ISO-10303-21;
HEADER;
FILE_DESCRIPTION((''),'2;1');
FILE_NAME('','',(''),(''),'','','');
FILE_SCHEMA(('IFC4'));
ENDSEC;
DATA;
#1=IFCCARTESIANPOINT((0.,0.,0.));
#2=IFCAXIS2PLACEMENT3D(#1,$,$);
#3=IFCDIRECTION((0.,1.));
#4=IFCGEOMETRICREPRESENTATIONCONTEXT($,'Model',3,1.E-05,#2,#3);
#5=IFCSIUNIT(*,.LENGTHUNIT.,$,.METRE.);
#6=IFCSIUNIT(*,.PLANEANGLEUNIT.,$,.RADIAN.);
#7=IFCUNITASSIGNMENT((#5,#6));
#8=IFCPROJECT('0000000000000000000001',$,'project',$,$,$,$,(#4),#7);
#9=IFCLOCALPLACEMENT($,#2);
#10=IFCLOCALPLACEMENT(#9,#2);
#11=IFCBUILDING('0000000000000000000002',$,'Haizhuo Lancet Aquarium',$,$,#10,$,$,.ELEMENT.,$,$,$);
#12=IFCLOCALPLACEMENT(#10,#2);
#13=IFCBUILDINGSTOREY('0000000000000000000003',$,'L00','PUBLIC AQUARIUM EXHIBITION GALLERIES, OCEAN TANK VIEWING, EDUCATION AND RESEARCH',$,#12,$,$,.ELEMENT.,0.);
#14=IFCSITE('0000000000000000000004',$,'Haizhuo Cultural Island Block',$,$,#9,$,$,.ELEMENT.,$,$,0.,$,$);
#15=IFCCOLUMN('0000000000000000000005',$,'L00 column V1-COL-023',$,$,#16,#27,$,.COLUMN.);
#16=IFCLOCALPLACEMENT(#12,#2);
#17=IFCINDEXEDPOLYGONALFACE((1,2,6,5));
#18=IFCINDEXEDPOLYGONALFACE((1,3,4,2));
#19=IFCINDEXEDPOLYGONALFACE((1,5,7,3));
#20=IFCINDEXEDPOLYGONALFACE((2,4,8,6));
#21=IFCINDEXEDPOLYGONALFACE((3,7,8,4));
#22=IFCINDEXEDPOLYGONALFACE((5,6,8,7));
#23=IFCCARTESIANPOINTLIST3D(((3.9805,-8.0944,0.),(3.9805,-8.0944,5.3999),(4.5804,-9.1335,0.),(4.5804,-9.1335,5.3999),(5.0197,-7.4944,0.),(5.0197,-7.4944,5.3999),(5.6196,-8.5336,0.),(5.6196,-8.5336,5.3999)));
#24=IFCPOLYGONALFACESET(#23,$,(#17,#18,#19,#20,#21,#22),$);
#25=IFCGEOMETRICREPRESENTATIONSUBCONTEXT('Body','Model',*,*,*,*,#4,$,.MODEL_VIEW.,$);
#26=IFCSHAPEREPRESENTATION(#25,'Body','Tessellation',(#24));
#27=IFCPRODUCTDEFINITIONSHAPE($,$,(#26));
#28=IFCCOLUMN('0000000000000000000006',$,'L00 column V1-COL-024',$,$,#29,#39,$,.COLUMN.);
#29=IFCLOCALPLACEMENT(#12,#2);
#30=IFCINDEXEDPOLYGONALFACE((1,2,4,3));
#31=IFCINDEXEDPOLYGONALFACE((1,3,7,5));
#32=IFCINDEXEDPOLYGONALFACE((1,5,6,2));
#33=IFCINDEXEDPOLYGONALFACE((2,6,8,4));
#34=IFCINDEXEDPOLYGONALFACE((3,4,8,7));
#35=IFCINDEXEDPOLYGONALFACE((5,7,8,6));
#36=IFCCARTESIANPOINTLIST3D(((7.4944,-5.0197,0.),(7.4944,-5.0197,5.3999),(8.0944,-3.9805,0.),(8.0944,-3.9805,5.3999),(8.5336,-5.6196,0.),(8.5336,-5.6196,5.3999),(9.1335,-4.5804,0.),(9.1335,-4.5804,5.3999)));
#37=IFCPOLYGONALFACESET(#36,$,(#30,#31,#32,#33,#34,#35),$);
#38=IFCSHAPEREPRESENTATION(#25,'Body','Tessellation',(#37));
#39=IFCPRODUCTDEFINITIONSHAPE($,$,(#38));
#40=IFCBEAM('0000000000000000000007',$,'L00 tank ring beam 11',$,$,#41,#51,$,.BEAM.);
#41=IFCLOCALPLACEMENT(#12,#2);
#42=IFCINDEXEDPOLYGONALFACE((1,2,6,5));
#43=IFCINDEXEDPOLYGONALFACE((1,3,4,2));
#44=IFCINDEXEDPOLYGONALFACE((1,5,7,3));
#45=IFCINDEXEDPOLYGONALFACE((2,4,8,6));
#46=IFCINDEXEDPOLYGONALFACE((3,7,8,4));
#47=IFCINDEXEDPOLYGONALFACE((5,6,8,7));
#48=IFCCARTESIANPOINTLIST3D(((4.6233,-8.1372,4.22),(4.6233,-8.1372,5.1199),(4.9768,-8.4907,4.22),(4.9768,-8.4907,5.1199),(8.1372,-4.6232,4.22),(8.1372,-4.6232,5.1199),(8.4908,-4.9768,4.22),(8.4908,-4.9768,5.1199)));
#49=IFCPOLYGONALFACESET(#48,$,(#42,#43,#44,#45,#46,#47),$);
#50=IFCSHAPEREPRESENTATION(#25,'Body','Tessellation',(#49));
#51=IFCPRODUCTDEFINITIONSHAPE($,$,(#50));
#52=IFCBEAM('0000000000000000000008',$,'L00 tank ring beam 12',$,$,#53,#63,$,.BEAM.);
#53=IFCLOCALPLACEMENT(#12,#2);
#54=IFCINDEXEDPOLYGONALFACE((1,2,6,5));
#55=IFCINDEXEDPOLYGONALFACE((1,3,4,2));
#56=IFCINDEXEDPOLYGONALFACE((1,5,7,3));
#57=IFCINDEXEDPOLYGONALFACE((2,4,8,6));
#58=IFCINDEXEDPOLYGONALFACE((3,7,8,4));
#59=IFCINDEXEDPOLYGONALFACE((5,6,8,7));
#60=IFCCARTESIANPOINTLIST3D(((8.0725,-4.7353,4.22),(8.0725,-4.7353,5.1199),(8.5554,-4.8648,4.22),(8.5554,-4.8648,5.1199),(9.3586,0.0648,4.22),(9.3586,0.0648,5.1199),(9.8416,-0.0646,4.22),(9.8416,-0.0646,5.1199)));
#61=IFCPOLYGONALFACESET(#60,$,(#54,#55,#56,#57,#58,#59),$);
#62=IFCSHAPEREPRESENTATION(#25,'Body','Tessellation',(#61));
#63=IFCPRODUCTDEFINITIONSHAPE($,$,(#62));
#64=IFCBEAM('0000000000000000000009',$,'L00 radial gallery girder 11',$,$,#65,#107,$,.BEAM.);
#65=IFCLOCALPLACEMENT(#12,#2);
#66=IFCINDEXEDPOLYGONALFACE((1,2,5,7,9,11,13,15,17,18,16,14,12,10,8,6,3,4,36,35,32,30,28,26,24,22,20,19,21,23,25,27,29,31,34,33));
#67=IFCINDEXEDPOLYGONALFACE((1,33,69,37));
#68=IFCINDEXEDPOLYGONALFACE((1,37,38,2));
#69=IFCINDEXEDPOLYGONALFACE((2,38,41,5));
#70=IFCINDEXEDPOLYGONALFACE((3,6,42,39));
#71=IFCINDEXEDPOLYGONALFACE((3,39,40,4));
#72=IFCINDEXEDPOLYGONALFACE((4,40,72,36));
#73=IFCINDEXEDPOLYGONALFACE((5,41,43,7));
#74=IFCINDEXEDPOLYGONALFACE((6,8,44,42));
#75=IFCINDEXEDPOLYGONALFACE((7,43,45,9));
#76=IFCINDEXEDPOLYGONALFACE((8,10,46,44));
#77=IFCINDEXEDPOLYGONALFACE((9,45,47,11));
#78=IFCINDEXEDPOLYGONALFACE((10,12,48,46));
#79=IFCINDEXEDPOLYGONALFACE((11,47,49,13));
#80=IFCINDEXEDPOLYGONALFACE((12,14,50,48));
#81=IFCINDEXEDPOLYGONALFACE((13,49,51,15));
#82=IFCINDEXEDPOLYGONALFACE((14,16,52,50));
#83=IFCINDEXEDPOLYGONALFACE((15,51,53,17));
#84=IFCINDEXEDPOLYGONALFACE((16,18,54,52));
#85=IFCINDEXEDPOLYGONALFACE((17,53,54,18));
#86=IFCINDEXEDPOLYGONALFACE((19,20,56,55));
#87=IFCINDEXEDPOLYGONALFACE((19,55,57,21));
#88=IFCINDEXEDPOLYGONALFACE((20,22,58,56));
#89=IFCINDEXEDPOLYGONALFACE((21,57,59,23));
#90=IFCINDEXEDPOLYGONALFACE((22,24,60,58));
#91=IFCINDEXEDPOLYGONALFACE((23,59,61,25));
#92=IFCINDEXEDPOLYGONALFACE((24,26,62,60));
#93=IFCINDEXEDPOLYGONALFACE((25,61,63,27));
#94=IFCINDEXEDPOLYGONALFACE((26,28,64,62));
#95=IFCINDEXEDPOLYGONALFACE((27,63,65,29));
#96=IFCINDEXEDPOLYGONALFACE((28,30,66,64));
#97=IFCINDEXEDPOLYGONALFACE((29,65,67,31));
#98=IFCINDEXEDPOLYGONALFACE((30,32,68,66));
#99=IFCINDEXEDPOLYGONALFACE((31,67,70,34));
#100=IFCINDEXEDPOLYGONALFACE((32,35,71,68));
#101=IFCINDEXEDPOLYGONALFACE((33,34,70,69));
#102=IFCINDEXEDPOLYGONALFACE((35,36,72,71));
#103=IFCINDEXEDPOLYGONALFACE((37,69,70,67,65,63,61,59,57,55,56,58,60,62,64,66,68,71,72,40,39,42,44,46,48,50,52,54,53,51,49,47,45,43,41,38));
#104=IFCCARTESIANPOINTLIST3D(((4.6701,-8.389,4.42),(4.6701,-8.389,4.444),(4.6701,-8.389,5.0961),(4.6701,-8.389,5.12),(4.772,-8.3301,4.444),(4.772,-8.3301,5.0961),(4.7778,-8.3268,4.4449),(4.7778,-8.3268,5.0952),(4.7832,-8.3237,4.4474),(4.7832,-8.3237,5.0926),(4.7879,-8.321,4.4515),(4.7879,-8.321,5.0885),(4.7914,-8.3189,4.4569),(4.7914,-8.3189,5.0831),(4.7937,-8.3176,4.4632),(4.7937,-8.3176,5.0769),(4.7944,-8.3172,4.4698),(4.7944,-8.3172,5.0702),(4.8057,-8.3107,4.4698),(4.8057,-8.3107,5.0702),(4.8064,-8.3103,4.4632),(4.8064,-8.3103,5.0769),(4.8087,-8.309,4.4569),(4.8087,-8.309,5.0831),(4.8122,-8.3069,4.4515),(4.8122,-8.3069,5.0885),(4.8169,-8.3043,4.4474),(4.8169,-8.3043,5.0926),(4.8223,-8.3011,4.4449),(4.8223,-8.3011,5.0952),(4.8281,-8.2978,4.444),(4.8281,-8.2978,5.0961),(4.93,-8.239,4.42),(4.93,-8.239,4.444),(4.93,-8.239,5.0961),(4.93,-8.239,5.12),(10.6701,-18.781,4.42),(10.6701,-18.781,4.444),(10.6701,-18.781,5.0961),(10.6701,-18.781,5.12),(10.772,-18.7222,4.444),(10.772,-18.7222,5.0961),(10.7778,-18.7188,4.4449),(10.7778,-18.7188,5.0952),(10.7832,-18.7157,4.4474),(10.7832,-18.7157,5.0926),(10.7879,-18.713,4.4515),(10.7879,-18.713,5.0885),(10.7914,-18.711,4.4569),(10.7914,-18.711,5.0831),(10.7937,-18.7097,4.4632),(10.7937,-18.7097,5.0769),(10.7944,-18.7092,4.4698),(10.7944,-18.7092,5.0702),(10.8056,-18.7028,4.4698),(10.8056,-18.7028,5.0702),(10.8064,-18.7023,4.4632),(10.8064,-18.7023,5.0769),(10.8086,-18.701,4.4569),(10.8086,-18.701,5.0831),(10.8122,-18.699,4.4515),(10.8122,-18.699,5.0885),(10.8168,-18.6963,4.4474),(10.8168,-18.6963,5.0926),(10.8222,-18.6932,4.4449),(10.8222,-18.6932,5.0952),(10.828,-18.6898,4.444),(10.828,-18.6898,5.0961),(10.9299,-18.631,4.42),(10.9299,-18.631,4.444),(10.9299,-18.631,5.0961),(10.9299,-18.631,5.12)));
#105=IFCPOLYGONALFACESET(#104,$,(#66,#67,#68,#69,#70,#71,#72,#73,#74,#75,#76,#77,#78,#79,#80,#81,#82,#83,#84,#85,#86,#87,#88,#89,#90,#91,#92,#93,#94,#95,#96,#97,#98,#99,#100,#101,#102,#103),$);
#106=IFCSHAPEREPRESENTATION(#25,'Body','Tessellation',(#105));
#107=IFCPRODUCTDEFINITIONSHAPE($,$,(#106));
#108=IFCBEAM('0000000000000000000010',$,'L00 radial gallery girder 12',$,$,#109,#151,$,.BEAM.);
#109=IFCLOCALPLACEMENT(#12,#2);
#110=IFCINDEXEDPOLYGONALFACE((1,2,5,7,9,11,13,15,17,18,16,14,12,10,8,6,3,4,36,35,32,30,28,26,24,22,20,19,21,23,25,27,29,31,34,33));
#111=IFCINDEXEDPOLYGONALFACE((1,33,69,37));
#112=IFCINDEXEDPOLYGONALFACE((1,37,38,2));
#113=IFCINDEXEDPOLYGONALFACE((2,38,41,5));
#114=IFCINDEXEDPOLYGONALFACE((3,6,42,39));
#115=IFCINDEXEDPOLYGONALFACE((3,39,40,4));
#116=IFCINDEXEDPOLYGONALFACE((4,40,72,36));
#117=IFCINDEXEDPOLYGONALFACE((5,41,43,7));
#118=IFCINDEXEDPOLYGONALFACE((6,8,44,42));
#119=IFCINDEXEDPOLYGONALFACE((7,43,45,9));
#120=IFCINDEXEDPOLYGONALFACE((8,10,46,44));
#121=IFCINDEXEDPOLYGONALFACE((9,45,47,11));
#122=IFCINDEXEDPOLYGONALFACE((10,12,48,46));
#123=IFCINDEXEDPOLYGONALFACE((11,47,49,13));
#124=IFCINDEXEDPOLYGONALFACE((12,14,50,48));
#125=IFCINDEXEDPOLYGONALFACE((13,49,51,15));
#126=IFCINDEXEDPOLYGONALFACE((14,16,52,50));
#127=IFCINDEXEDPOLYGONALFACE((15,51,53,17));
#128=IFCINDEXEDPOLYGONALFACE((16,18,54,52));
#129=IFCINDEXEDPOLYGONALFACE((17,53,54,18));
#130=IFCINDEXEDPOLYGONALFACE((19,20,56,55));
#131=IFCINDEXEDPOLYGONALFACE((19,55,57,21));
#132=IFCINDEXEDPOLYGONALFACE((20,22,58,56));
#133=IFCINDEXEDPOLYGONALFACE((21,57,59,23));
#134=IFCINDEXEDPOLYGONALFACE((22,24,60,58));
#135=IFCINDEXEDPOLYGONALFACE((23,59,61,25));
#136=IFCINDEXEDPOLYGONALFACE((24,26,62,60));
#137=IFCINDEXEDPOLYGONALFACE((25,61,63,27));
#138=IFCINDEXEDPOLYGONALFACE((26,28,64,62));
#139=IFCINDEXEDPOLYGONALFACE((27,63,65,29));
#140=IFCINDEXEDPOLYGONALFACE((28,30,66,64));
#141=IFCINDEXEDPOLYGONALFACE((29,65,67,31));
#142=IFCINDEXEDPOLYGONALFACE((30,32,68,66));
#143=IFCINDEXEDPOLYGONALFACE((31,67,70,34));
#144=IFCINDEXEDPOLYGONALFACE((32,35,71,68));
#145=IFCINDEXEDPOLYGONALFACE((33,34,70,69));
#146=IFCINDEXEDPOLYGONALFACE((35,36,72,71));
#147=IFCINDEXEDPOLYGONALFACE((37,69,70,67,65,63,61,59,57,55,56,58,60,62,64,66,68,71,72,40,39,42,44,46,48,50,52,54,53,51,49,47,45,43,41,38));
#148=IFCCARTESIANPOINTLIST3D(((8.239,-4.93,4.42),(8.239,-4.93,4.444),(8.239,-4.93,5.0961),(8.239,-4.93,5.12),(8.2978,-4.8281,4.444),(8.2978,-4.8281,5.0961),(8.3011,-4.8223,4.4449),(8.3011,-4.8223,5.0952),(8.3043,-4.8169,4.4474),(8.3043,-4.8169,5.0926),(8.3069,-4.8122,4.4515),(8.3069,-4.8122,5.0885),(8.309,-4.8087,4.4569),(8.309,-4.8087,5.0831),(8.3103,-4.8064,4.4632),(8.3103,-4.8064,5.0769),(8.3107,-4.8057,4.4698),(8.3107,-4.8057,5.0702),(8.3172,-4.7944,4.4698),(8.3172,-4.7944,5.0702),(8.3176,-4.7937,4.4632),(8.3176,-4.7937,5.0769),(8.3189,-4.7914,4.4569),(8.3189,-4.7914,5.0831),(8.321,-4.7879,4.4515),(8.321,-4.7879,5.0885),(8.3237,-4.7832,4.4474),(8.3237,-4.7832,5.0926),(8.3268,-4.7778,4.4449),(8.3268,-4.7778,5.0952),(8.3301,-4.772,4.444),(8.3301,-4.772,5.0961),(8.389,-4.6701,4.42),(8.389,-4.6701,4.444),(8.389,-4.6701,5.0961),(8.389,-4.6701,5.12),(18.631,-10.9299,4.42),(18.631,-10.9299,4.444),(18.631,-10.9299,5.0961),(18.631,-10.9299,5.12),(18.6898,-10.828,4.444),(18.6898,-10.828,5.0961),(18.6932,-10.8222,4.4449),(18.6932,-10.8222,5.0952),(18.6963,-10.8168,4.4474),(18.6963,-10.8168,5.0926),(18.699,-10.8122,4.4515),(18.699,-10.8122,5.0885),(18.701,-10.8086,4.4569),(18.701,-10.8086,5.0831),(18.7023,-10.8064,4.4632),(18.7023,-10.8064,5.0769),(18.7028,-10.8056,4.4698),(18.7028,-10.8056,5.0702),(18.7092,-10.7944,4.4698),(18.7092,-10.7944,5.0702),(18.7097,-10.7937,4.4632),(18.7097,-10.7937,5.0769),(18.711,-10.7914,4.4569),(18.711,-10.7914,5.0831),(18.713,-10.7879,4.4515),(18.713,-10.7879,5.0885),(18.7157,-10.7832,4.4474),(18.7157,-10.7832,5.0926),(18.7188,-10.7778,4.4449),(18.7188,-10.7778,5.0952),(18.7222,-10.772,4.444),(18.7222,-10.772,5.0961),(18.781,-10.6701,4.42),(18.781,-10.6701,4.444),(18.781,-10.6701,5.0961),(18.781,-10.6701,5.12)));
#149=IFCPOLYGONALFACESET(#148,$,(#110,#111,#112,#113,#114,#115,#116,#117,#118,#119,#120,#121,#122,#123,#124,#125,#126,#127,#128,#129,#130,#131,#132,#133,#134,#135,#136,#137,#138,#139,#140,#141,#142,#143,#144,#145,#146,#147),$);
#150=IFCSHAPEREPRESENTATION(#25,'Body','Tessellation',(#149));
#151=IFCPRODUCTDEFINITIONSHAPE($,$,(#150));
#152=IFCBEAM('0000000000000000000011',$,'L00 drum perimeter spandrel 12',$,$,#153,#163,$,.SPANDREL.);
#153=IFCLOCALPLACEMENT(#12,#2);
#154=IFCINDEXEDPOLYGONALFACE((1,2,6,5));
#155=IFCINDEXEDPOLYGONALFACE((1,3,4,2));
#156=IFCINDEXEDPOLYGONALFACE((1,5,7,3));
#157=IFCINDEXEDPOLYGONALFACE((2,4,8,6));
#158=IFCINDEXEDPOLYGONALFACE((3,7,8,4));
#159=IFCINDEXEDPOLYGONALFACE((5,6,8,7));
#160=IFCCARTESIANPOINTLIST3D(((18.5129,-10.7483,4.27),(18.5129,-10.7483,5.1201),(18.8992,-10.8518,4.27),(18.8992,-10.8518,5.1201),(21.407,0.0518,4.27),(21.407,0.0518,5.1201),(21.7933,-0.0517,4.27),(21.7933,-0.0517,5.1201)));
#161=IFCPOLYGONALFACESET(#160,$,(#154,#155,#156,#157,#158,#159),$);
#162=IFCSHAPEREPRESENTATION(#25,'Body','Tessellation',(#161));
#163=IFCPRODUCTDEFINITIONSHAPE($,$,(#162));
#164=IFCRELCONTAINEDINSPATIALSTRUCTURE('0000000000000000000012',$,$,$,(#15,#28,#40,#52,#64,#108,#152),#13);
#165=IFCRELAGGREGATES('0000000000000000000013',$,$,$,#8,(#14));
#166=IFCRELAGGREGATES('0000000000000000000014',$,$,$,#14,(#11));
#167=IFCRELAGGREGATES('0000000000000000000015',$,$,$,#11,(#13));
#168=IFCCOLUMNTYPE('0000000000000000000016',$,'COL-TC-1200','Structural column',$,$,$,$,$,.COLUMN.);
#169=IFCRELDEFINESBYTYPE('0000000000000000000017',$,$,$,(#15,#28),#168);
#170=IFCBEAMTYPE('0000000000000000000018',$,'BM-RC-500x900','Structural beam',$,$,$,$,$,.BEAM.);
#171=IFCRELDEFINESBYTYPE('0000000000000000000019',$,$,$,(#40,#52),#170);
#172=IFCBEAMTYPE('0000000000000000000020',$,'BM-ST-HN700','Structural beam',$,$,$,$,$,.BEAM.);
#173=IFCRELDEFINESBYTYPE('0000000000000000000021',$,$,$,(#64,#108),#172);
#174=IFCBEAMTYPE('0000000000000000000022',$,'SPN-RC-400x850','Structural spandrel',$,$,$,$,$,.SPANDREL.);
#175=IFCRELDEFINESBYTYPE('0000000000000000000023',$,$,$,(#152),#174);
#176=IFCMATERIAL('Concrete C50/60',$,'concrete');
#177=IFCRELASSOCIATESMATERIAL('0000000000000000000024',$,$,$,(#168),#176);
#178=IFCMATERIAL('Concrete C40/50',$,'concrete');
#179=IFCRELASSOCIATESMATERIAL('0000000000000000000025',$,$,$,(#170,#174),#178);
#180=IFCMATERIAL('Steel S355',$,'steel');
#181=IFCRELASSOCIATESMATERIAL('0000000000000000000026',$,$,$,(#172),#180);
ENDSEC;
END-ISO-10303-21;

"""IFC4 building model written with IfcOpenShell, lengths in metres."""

from ifc_helpers import new_model, si_unit, direction, frame, origin, origin_2d, place, context, subcontext, project, spatial, rectangle, i_section, extrude, material, material_profile, profile_set, type_object, element, save


model = new_model("IFC4")

# Units and contexts
model_context = context("Model", 3, precision=1e-05, world=origin(), true_north=direction((0.0, 1.0)))
body_context = subcontext(model_context, "Body", "Model", "MODEL_VIEW")
ifc_project = project(units=[si_unit("LENGTHUNIT", "METRE"), si_unit("PLANEANGLEUNIT", "RADIAN")], contexts=[model_context])

# Site, building, storey
site_placement = place(None, origin())
site = spatial("IfcSite", under=ifc_project, at=site_placement, Name="Haizhuo Cultural Island Block", CompositionType="ELEMENT", RefElevation=0.0)
building_placement = place(site_placement, origin())
building = spatial("IfcBuilding", under=site, at=building_placement, Name="Haizhuo Lancet Aquarium", CompositionType="ELEMENT")
storey_placement = place(building_placement, origin())
storey = spatial("IfcBuildingStorey", under=building, at=storey_placement, Name="L00", Description="PUBLIC AQUARIUM EXHIBITION GALLERIES, OCEAN TANK VIEWING, EDUCATION AND RESEARCH", CompositionType="ELEMENT", Elevation=0.0)

# Columns
ifc_material_1 = material(Name="Concrete C50/60", Category="concrete")
ifc_material_profile_1 = material_profile(ifc_material_1, rectangle(XDim=1.2, YDim=1.2, at=origin_2d()), Name="RC-COL 1200x1200")
ifc_profile_set_1 = profile_set([ifc_material_profile_1], Name="Concrete C50/60")
column_type_1 = type_object("IfcColumnType", Name="COL-TC-1200", Description="Structural column", PredefinedType="COLUMN", material=ifc_profile_set_1)
for number, where, z_axis, x_axis, name in (
    (1, (4.8, -8.314, 0.0), (0.0, 0.0, 1.0), (0.5, -0.866025, 0.0), "L00 column V1-COL-023"),
    (2, (8.314, -4.8, 0.0), (0.0, 0.0, 1.0), (0.866025, -0.5, 0.0), "L00 column V1-COL-024"),
):
    element("IfcColumn", number, at=place(storey_placement, frame(where, z_axis=z_axis, x_axis=x_axis)), inside=storey, type_object=column_type_1, Name=name, PredefinedType="COLUMN", context=body_context, shape_type="SweptSolid", body=[
        extrude(rectangle(XDim=1.2, YDim=1.2, at=origin_2d()), origin(), (0.0, 0.0, 1.0), 5.3999),
    ])

# Beams
ifc_material_2 = material(Name="Concrete C40/50", Category="concrete")
ifc_material_profile_2 = material_profile(ifc_material_2, rectangle(XDim=0.5, YDim=0.8999, at=origin_2d()), Name="RC-BM 500x900")
ifc_profile_set_2 = profile_set([ifc_material_profile_2], Name="Concrete C40/50")
beam_type_1 = type_object("IfcBeamType", Name="BM-RC-500x900", Description="Structural beam", PredefinedType="BEAM", material=ifc_profile_set_2)
for number, where, z_axis, x_axis, name in (
    (3, (4.8, -8.314, 4.6699), (0.707107, 0.707107, 0.0), (-0.707107, 0.707107, 0.0), "L00 tank ring beam 11"),
    (4, (8.314, -4.8, 4.6699), (0.258812, 0.965928, 0.0), (-0.965928, 0.258812, 0.0), "L00 tank ring beam 12"),
):
    element("IfcBeam", number, at=place(storey_placement, frame(where, z_axis=z_axis, x_axis=x_axis)), inside=storey, type_object=beam_type_1, Name=name, PredefinedType="BEAM", context=body_context, shape_type="SweptSolid", body=[
        extrude(rectangle(XDim=0.5, YDim=0.8999, at=origin_2d()), origin(), (0.0, 0.0, 1.0), 4.9695),
    ])
ifc_material_3 = material(Name="Steel S355", Category="steel")
ifc_material_profile_3 = material_profile(ifc_material_3, i_section(OverallWidth=0.3, OverallDepth=0.7, WebThickness=0.0129, FlangeThickness=0.0239, FilletRadius=0.0259, at=origin_2d()), Name="HN 700x300x13x24")
ifc_profile_set_3 = profile_set([ifc_material_profile_3], Name="Steel S355")
beam_type_2 = type_object("IfcBeamType", Name="BM-ST-HN700", Description="Structural beam", PredefinedType="BEAM", material=ifc_profile_set_3)
for number, where, z_axis, x_axis, name in (
    (5, (4.8, -8.314, 4.77), (0.500008, -0.866021, 0.0), (0.866021, 0.500008, 0.0), "L00 radial gallery girder 11"),
    (6, (8.314, -4.8, 4.77), (0.866021, -0.500008, 0.0), (0.500008, 0.866021, 0.0), "L00 radial gallery girder 12"),
):
    element("IfcBeam", number, at=place(storey_placement, frame(where, z_axis=z_axis, x_axis=x_axis)), inside=storey, type_object=beam_type_2, Name=name, PredefinedType="BEAM", context=body_context, shape_type="SweptSolid", body=[
        extrude(i_section(OverallWidth=0.3, OverallDepth=0.7, WebThickness=0.0129, FlangeThickness=0.0239, FilletRadius=0.0259, at=origin_2d()), origin(), (0.0, 0.0, 1.0), 11.9998),
    ])
ifc_material_profile_4 = material_profile(ifc_material_2, rectangle(XDim=0.3999, YDim=0.8501, at=origin_2d()), Name="RC-SP 400x850")
ifc_profile_set_4 = profile_set([ifc_material_profile_4], Name="Concrete C40/50")
beam_type_3 = type_object("IfcBeamType", Name="SPN-RC-400x850", Description="Structural spandrel", PredefinedType="SPANDREL", material=ifc_profile_set_4)
beam_placement = place(storey_placement, frame((18.7061, -10.8, 4.6951), z_axis=(0.258834, 0.965922, 0.0), x_axis=(-0.965922, 0.258834, 0.0)))
element("IfcBeam", 7, at=beam_placement, inside=storey, type_object=beam_type_3, Name="L00 drum perimeter spandrel 12", PredefinedType="SPANDREL", context=body_context, shape_type="SweptSolid", body=[
    extrude(rectangle(XDim=0.3999, YDim=0.8501, at=origin_2d()), origin(), (0.0, 0.0, 1.0), 11.1812),
])

save(model, "model.ifc")
